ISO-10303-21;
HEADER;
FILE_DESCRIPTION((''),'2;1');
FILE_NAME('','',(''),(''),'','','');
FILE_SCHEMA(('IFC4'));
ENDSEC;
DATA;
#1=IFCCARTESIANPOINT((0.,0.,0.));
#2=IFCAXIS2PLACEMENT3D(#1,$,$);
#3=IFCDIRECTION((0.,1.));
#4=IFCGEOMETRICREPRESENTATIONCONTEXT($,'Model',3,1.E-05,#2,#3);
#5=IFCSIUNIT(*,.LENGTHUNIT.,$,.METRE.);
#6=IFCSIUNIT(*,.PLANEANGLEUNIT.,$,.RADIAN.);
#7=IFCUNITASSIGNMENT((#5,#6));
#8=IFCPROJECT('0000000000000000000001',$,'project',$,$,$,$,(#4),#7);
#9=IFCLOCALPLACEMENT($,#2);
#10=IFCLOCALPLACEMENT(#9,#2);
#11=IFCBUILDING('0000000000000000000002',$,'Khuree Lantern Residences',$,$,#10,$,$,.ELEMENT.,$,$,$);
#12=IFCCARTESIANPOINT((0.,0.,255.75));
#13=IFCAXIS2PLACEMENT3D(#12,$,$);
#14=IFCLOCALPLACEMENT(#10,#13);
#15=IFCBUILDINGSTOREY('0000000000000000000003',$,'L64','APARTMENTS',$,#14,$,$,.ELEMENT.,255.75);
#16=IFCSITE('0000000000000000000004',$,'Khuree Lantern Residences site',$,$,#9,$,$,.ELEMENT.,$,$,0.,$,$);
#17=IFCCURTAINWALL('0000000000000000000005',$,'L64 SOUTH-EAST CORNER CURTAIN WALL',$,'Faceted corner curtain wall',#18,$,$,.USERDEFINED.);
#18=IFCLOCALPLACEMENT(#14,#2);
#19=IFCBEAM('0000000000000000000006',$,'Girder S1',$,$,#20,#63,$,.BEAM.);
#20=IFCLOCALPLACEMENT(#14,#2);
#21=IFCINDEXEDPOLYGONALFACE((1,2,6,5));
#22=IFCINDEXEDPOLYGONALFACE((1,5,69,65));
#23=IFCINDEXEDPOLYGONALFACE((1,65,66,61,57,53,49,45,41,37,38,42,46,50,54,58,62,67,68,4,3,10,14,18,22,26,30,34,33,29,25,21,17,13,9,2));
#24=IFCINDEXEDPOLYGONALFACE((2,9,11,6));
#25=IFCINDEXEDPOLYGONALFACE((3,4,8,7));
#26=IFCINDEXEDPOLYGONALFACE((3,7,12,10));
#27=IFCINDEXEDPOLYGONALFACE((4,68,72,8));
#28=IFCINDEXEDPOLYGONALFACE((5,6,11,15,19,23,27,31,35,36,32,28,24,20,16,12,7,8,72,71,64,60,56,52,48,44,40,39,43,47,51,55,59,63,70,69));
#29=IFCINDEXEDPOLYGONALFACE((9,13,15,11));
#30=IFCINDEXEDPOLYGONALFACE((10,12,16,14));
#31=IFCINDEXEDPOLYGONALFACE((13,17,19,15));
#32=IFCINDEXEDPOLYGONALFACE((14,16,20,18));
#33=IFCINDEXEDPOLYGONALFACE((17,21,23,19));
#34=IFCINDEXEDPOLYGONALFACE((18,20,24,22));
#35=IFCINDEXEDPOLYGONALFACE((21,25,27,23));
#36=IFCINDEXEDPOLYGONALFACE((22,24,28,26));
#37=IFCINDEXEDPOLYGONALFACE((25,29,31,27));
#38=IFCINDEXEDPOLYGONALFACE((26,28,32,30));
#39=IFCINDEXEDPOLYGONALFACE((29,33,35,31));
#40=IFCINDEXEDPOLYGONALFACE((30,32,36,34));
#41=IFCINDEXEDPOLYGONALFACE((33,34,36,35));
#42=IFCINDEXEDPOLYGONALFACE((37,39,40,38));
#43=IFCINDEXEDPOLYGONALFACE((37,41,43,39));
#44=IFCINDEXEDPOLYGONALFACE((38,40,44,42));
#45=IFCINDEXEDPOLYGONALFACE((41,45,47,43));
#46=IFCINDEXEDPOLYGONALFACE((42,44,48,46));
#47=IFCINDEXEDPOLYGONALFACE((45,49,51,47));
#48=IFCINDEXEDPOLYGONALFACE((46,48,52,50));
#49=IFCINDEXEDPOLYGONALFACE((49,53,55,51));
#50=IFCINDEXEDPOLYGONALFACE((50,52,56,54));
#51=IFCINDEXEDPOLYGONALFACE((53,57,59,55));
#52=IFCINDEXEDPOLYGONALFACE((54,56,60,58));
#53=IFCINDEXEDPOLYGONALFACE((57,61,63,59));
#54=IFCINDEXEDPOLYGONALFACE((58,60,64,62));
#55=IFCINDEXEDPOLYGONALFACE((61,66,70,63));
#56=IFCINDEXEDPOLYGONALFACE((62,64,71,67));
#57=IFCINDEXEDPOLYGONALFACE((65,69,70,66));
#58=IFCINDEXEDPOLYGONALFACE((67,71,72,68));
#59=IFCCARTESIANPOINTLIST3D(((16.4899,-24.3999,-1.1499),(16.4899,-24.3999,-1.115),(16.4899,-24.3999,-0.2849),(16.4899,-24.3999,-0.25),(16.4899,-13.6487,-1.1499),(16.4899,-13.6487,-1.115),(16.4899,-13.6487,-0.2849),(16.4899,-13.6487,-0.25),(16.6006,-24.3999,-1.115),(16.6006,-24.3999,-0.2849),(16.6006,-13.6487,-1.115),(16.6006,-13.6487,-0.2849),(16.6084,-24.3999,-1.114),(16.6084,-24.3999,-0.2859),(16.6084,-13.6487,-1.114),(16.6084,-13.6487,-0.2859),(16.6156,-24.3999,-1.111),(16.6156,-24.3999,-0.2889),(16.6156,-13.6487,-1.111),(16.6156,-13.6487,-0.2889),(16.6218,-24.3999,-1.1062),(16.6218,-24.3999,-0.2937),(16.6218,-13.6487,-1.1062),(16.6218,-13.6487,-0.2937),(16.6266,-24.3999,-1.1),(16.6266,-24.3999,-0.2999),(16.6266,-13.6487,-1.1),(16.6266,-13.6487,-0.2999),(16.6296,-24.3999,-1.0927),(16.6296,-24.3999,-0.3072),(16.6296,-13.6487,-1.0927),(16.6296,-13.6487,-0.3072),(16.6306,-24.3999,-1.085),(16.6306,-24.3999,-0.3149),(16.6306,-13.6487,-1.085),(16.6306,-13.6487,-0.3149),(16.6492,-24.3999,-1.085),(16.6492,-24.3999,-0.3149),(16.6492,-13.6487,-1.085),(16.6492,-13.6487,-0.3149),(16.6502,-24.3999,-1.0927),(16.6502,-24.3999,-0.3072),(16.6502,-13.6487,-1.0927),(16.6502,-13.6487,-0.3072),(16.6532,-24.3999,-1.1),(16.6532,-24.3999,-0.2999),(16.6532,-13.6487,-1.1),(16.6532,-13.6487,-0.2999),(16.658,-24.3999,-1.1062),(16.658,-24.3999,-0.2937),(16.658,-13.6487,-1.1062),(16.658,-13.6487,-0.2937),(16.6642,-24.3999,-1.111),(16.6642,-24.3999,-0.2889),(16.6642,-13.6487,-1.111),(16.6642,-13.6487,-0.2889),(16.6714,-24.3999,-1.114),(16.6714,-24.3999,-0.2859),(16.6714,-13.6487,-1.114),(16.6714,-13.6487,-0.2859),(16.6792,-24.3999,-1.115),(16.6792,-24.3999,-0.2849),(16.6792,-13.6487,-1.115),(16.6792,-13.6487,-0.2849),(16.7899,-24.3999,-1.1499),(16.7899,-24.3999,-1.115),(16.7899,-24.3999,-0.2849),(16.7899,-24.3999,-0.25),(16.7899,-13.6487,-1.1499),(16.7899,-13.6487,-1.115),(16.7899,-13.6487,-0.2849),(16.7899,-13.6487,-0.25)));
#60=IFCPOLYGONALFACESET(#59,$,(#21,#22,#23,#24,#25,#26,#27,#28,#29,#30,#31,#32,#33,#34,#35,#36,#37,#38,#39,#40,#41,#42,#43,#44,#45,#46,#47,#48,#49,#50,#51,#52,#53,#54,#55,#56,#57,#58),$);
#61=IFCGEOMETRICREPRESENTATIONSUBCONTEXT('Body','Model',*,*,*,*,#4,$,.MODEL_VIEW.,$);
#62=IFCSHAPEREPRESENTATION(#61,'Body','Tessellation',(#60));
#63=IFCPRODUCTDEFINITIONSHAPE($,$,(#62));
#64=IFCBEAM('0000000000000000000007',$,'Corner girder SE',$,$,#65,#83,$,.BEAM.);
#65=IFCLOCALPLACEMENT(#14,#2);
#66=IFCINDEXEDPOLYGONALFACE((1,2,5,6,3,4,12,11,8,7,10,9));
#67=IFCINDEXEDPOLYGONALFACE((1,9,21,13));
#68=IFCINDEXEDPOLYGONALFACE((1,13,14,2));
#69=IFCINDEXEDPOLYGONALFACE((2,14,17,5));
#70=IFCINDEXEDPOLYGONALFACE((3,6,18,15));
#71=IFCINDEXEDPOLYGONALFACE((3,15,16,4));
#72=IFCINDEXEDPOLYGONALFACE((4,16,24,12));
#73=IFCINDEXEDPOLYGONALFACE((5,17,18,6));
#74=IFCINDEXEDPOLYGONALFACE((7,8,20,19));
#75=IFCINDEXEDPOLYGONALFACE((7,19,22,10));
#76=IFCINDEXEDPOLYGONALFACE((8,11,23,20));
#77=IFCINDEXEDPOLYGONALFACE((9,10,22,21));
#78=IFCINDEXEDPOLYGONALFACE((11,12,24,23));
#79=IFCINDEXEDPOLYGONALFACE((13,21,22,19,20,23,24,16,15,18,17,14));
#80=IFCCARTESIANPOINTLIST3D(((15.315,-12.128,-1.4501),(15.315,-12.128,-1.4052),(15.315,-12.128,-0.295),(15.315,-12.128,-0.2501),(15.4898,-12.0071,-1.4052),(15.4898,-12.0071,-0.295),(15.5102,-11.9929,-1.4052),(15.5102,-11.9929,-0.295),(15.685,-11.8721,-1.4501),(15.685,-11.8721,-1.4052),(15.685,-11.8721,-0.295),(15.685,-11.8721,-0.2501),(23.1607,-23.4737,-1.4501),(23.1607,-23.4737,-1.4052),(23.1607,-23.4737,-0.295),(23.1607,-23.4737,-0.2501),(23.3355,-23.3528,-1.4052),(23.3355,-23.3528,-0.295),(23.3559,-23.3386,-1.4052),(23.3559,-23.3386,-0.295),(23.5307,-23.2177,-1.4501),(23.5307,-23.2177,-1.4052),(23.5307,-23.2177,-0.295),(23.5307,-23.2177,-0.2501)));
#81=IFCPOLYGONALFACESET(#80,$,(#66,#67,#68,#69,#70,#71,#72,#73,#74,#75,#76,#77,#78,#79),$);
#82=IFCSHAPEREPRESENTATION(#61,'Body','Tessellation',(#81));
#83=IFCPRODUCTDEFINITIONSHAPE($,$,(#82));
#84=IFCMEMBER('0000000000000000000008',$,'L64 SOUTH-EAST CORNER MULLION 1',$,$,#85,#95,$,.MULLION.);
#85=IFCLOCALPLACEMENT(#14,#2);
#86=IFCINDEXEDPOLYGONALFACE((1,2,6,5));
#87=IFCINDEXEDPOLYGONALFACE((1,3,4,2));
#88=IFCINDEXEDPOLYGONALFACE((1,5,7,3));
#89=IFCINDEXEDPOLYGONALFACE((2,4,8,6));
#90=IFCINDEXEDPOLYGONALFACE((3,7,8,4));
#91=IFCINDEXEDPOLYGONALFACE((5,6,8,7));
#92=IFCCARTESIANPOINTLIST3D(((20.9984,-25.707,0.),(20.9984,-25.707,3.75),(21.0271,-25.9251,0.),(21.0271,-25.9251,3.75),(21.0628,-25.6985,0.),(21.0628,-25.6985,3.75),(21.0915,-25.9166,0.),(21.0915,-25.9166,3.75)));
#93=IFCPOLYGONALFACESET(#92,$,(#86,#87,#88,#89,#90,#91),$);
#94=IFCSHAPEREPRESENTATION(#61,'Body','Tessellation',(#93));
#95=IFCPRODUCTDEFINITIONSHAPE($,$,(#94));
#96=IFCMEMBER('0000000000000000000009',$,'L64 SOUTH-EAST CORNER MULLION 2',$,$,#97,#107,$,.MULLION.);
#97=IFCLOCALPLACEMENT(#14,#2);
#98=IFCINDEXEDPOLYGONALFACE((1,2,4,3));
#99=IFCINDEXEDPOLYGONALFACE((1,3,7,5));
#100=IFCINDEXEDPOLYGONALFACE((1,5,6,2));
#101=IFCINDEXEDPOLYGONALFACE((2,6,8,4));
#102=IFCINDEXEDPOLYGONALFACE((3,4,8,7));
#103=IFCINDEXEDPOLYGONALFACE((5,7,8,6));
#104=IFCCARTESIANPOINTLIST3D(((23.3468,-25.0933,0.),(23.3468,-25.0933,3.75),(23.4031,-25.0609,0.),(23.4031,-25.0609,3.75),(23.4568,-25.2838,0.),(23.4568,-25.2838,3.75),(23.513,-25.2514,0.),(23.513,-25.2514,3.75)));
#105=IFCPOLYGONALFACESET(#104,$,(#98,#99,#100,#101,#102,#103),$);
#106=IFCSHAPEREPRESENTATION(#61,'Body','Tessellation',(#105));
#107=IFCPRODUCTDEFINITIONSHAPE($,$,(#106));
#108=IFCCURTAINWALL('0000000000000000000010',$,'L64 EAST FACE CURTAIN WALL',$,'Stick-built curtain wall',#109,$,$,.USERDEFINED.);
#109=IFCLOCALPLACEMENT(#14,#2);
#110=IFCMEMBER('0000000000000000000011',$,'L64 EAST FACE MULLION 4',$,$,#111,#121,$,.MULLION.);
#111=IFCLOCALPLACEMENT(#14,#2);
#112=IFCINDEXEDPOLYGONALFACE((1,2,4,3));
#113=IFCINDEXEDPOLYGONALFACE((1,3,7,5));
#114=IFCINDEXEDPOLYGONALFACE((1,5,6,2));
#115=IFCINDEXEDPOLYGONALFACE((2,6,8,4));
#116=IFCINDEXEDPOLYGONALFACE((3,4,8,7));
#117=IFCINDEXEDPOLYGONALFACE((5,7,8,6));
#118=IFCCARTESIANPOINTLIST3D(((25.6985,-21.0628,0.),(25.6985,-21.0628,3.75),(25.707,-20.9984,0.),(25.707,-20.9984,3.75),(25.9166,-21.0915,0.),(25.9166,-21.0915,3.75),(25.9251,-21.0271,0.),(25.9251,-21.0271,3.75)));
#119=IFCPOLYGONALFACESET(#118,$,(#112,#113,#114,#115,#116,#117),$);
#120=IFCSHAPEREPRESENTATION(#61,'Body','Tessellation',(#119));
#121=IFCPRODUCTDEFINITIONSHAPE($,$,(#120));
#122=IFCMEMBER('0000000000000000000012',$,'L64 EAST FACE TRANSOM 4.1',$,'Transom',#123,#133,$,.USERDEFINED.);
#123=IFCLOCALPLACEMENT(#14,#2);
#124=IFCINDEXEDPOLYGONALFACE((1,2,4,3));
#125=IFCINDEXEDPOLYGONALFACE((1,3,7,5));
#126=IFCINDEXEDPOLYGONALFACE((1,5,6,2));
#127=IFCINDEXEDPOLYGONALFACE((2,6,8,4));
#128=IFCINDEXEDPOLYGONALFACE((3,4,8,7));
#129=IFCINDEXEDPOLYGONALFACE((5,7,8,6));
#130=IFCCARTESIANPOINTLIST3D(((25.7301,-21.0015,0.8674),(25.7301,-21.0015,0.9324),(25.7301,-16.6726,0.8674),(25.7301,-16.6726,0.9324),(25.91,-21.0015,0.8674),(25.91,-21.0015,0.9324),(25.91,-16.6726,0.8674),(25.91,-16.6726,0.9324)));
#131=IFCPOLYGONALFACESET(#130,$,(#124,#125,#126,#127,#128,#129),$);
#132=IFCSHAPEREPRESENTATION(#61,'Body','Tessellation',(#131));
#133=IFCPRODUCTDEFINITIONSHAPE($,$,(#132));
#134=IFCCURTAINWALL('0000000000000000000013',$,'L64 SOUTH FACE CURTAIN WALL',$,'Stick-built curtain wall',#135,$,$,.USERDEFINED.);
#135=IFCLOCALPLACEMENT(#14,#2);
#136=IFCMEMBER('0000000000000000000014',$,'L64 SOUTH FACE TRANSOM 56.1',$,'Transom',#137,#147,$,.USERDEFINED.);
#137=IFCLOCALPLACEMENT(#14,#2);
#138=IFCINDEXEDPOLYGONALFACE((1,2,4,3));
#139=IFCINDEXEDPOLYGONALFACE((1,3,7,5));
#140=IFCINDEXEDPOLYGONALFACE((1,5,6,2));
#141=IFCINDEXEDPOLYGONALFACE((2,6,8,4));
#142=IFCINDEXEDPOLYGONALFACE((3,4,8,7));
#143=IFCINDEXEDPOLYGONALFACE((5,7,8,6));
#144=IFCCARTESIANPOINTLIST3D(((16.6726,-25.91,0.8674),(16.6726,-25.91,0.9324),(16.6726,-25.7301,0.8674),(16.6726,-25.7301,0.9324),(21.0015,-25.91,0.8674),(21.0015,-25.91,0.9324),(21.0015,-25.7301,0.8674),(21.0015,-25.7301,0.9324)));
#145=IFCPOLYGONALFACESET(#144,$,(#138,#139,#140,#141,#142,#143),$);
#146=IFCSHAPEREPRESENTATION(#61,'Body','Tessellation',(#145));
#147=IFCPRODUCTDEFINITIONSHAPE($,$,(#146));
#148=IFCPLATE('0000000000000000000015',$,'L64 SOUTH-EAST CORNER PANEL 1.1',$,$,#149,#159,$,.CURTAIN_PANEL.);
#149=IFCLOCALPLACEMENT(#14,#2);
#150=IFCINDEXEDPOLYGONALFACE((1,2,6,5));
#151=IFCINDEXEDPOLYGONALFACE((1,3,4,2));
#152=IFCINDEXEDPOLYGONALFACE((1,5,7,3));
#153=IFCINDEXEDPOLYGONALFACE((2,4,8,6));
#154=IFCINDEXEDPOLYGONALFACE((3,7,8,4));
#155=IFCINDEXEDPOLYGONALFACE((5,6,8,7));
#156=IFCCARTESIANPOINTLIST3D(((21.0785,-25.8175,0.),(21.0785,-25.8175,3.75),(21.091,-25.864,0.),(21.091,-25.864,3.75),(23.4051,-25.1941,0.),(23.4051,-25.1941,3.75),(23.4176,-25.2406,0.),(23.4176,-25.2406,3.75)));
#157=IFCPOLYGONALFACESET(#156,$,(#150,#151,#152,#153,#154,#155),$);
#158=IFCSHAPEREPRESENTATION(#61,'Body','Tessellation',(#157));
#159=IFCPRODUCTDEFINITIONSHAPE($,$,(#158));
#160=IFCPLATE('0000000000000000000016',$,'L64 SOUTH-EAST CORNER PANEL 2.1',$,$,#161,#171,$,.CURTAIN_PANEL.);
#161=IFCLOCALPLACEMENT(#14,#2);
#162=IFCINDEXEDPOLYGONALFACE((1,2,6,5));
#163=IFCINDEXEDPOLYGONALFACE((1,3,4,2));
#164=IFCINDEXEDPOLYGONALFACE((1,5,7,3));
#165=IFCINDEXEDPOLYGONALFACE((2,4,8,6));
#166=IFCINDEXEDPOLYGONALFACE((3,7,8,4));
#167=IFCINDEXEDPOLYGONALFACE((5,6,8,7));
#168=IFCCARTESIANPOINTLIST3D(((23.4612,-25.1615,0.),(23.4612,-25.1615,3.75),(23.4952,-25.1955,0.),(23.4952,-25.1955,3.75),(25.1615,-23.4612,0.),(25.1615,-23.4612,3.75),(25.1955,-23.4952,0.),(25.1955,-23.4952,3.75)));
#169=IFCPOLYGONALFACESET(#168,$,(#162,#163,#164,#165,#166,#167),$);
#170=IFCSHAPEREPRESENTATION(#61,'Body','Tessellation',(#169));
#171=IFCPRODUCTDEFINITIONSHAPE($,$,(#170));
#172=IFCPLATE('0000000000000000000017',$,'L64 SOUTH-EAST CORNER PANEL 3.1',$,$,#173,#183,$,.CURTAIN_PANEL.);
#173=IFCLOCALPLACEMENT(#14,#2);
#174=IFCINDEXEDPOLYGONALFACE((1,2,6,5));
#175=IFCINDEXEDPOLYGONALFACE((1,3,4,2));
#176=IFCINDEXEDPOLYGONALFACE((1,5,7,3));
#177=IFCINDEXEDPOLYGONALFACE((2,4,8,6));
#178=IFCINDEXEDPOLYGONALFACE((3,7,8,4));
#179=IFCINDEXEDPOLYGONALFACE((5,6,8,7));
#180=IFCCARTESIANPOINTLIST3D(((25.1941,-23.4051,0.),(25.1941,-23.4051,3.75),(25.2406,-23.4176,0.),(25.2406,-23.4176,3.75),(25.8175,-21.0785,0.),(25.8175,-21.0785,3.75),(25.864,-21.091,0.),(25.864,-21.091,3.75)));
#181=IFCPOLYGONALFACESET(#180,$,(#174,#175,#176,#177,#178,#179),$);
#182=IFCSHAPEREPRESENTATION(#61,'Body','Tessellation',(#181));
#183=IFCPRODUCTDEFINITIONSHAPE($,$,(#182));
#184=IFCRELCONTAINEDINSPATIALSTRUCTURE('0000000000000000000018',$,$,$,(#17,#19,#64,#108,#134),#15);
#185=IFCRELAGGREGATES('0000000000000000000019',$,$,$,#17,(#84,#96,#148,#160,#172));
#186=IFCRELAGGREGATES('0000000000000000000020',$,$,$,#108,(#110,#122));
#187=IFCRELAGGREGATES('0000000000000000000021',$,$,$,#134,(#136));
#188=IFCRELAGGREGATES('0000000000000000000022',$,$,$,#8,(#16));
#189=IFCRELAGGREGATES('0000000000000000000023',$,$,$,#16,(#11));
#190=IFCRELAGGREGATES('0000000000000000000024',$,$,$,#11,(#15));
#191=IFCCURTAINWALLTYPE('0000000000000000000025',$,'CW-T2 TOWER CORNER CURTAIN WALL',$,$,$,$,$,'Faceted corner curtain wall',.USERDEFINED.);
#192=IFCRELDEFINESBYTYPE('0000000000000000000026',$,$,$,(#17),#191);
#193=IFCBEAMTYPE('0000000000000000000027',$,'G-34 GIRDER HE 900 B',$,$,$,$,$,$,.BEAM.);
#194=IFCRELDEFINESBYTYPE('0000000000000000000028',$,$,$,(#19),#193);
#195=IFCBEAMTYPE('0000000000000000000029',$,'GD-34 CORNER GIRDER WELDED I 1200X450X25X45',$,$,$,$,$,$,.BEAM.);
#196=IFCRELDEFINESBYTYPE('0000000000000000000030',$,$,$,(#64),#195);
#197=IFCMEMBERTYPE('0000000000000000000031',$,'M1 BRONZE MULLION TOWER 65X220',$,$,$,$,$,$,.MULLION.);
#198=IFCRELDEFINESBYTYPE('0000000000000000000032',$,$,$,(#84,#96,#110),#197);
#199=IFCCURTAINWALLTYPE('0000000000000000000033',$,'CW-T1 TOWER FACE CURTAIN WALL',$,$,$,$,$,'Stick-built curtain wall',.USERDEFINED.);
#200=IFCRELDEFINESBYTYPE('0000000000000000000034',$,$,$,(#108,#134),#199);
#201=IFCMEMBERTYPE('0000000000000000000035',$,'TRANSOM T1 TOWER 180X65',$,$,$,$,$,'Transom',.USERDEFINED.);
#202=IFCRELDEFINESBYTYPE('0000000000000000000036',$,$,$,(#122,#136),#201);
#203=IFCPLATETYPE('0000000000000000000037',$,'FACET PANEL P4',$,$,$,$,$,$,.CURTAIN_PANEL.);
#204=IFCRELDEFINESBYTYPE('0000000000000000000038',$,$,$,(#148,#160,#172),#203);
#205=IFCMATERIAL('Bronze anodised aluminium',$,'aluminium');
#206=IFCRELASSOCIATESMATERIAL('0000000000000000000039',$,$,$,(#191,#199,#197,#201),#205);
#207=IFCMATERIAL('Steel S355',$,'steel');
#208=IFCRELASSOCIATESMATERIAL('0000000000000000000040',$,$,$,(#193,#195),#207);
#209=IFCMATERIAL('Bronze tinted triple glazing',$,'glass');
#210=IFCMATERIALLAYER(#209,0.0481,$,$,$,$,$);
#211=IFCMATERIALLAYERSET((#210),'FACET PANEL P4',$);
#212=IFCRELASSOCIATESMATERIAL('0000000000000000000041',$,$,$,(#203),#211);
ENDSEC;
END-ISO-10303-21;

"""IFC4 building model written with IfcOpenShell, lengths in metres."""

from ifc_helpers import new_model, si_unit, direction, frame, origin, origin_2d, place, context, subcontext, project, spatial, rectangle, i_section, extrude, material, layer, layer_set, material_profile, profile_set, type_object, element, aggregate, save


model = new_model("IFC4")

# Units and contexts
model_context = context("Model", 3, precision=1e-05, world=origin(), true_north=direction((0.0, 1.0)))
body_context = subcontext(model_context, "Body", "Model", "MODEL_VIEW")
ifc_project = project(units=[si_unit("LENGTHUNIT", "METRE"), si_unit("PLANEANGLEUNIT", "RADIAN")], contexts=[model_context])

# Site, building, storey
site_placement = place(None, origin())
site = spatial("IfcSite", under=ifc_project, at=site_placement, Name="Khuree Lantern Residences site", CompositionType="ELEMENT", RefElevation=0.0)
building_placement = place(site_placement, origin())
building = spatial("IfcBuilding", under=site, at=building_placement, Name="Khuree Lantern Residences", CompositionType="ELEMENT")
storey_placement = place(building_placement, frame((0.0, 0.0, 255.75)))
storey = spatial("IfcBuildingStorey", under=building, at=storey_placement, Name="L64", Description="APARTMENTS", CompositionType="ELEMENT", Elevation=255.75)

# Shared definitions
ifc_material_1 = material(Name="Steel S355", Category="steel")

# Curtain wall
ifc_material_2 = material(Name="Bronze anodised aluminium", Category="aluminium")
curtain_wall_type_1 = type_object("IfcCurtainWallType", Name="CW-T2 TOWER CORNER CURTAIN WALL", ElementType="Faceted corner curtain wall", PredefinedType="USERDEFINED", material=ifc_material_2)
curtain_wall_1_placement = place(storey_placement, origin())
curtain_wall_1 = element("IfcCurtainWall", 1, at=curtain_wall_1_placement, inside=storey, type_object=curtain_wall_type_1, Name="L64 SOUTH-EAST CORNER CURTAIN WALL", ObjectType="Faceted corner curtain wall", PredefinedType="USERDEFINED")

# Beams
ifc_material_profile_1 = material_profile(ifc_material_1, i_section(OverallWidth=0.3, OverallDepth=0.8999, WebThickness=0.0186, FlangeThickness=0.0349, FilletRadius=0.03, at=origin_2d()), Name="HE 900 B")
ifc_profile_set_1 = profile_set([ifc_material_profile_1], Name="Steel S355")
beam_type_1 = type_object("IfcBeamType", Name="G-34 GIRDER HE 900 B", PredefinedType="BEAM", material=ifc_profile_set_1)
beam_1_placement = place(storey_placement, frame((16.6399, -24.3999, -0.7), z_axis=(0.0, 1.0, 0.0), x_axis=(-1.0, 0.0, 0.0)))
element("IfcBeam", 2, at=beam_1_placement, inside=storey, type_object=beam_type_1, Name="Girder S1", PredefinedType="BEAM", context=body_context, shape_type="SweptSolid", body=[
    extrude(i_section(OverallWidth=0.3, OverallDepth=0.8999, WebThickness=0.0186, FlangeThickness=0.0349, FilletRadius=0.03, at=origin_2d()), origin(), (0.0, 0.0, 1.0), 10.7512),
])
ifc_material_profile_2 = material_profile(ifc_material_1, i_section(OverallWidth=0.45, OverallDepth=1.2, WebThickness=0.0249, FlangeThickness=0.0449, at=origin_2d()), Name="WELDED I 1200X450X25X45")
ifc_profile_set_2 = profile_set([ifc_material_profile_2], Name="Steel S355")
beam_type_2 = type_object("IfcBeamType", Name="GD-34 CORNER GIRDER WELDED I 1200X450X25X45", PredefinedType="BEAM", material=ifc_profile_set_2)
beam_2_placement = place(storey_placement, frame((23.3457, -23.3457, -0.8501), z_axis=(-0.568768, 0.822498, 0.0), x_axis=(-0.822498, -0.568768, 0.0)))
element("IfcBeam", 3, at=beam_2_placement, inside=storey, type_object=beam_type_2, Name="Corner girder SE", PredefinedType="BEAM", context=body_context, shape_type="SweptSolid", body=[
    extrude(i_section(OverallWidth=0.45, OverallDepth=1.2, WebThickness=0.0249, FlangeThickness=0.0449, at=origin_2d()), origin(), (0.0, 0.0, 1.0), 13.7942),
])

# Members
ifc_material_profile_3 = material_profile(ifc_material_2, rectangle(XDim=0.0649, YDim=0.22, at=origin_2d()), Name="M1 65X220")
ifc_profile_set_3 = profile_set([ifc_material_profile_3], Name="Bronze anodised aluminium")
member_type_1 = type_object("IfcMemberType", Name="M1 BRONZE MULLION TOWER 65X220", PredefinedType="MULLION", material=ifc_profile_set_3)
member_1_placement = place(storey_placement, frame((21.0449, -25.8118, 0.0), z_axis=(0.0, 0.0, 1.0), x_axis=(0.991445, 0.130526, 0.0)))
member_1 = element("IfcMember", 4, at=member_1_placement, type_object=member_type_1, Name="L64 SOUTH-EAST CORNER MULLION 1", PredefinedType="MULLION", context=body_context, shape_type="SweptSolid", body=[
    extrude(rectangle(XDim=0.0649, YDim=0.22, at=origin_2d()), origin(), (0.0, 0.0, 1.0), 3.75),
])
member_2_placement = place(storey_placement, frame((23.4299, -25.1724, 0.0), z_axis=(0.0, 0.0, 1.0), x_axis=(0.866025, 0.5, 0.0)))
member_2 = element("IfcMember", 5, at=member_2_placement, type_object=member_type_1, Name="L64 SOUTH-EAST CORNER MULLION 2", PredefinedType="MULLION", context=body_context, shape_type="SweptSolid", body=[
    extrude(rectangle(XDim=0.0649, YDim=0.22, at=origin_2d()), origin(), (0.0, 0.0, 1.0), 3.75),
])

# Curtain wall, members
curtain_wall_type_2 = type_object("IfcCurtainWallType", Name="CW-T1 TOWER FACE CURTAIN WALL", ElementType="Stick-built curtain wall", PredefinedType="USERDEFINED", material=ifc_material_2)
curtain_wall_2_placement = place(storey_placement, origin())
curtain_wall_2 = element("IfcCurtainWall", 6, at=curtain_wall_2_placement, inside=storey, type_object=curtain_wall_type_2, Name="L64 EAST FACE CURTAIN WALL", ObjectType="Stick-built curtain wall", PredefinedType="USERDEFINED")
member_3_placement = place(storey_placement, frame((25.8118, -21.0449, 0.0), z_axis=(0.0, 0.0, 1.0), x_axis=(0.130526, 0.991445, 0.0)))
member_3 = element("IfcMember", 7, at=member_3_placement, type_object=member_type_1, Name="L64 EAST FACE MULLION 4", PredefinedType="MULLION", context=body_context, shape_type="SweptSolid", body=[
    extrude(rectangle(XDim=0.0649, YDim=0.22, at=origin_2d()), origin(), (0.0, 0.0, 1.0), 3.75),
])
ifc_material_profile_4 = material_profile(ifc_material_2, rectangle(XDim=0.1799, YDim=0.0649, at=origin_2d()), Name="T1 180X65")
ifc_profile_set_4 = profile_set([ifc_material_profile_4], Name="Bronze anodised aluminium")
member_type_2 = type_object("IfcMemberType", Name="TRANSOM T1 TOWER 180X65", ElementType="Transom", PredefinedType="USERDEFINED", material=ifc_profile_set_4)
member_4_placement = place(storey_placement, frame((25.8201, -21.0015, 0.8999), z_axis=(0.0, 1.0, 0.0), x_axis=(-1.0, 0.0, 0.0)))
member_4 = element("IfcMember", 8, at=member_4_placement, type_object=member_type_2, Name="L64 EAST FACE TRANSOM 4.1", ObjectType="Transom", PredefinedType="USERDEFINED", context=body_context, shape_type="SweptSolid", body=[
    extrude(rectangle(XDim=0.1799, YDim=0.0649, at=origin_2d()), origin(), (0.0, 0.0, 1.0), 4.3289),
])

# Curtain wall, member
curtain_wall_3_placement = place(storey_placement, origin())
curtain_wall_3 = element("IfcCurtainWall", 9, at=curtain_wall_3_placement, inside=storey, type_object=curtain_wall_type_2, Name="L64 SOUTH FACE CURTAIN WALL", ObjectType="Stick-built curtain wall", PredefinedType="USERDEFINED")
member_5_placement = place(storey_placement, frame((16.6726, -25.8201, 0.8999), z_axis=(1.0, 0.0, 0.0), x_axis=(0.0, 1.0, 0.0)))
member_5 = element("IfcMember", 10, at=member_5_placement, type_object=member_type_2, Name="L64 SOUTH FACE TRANSOM 56.1", ObjectType="Transom", PredefinedType="USERDEFINED", context=body_context, shape_type="SweptSolid", body=[
    extrude(rectangle(XDim=0.1799, YDim=0.0649, at=origin_2d()), origin(), (0.0, 0.0, 1.0), 4.3289),
])

# Plates
ifc_material_3 = material(Name="Bronze tinted triple glazing", Category="glass")
ifc_layer_1 = layer(ifc_material_3, 0.0481)
ifc_layer_set_1 = layer_set([ifc_layer_1], Name="FACET PANEL P4")
plate_type_1 = type_object("IfcPlateType", Name="FACET PANEL P4", PredefinedType="CURTAIN_PANEL", material=ifc_layer_set_1)
plate_1_placement = place(storey_placement, frame((22.248, -25.5291, 0.0), z_axis=(0.0, 0.0, 1.0), x_axis=(0.965926, 0.258819, 0.0)))
plate_1 = element("IfcPlate", 11, at=plate_1_placement, type_object=plate_type_1, Name="L64 SOUTH-EAST CORNER PANEL 1.1", PredefinedType="CURTAIN_PANEL", context=body_context, shape_type="SweptSolid", body=[
    extrude(rectangle(XDim=2.4087, YDim=0.0481, at=origin_2d()), origin(), (0.0, 0.0, 1.0), 3.75),
])
plate_2_placement = place(storey_placement, frame((24.3284, -24.3284, 0.0), z_axis=(0.0, 0.0, 1.0), x_axis=(0.707107, 0.707107, 0.0)))
plate_2 = element("IfcPlate", 12, at=plate_2_placement, type_object=plate_type_1, Name="L64 SOUTH-EAST CORNER PANEL 2.1", PredefinedType="CURTAIN_PANEL", context=body_context, shape_type="SweptSolid", body=[
    extrude(rectangle(XDim=2.4045, YDim=0.0481, at=origin_2d()), origin(), (0.0, 0.0, 1.0), 3.75),
])
plate_3_placement = place(storey_placement, frame((25.5291, -22.248, 0.0), z_axis=(0.0, 0.0, 1.0), x_axis=(0.258819, 0.965926, 0.0)))
plate_3 = element("IfcPlate", 13, at=plate_3_placement, type_object=plate_type_1, Name="L64 SOUTH-EAST CORNER PANEL 3.1", PredefinedType="CURTAIN_PANEL", context=body_context, shape_type="SweptSolid", body=[
    extrude(rectangle(XDim=2.4087, YDim=0.0481, at=origin_2d()), origin(), (0.0, 0.0, 1.0), 3.75),
])
aggregate(curtain_wall_1, [member_1, member_2, plate_1, plate_2, plate_3])
aggregate(curtain_wall_2, [member_3, member_4])
aggregate(curtain_wall_3, [member_5])

save(model, "model.ifc")
